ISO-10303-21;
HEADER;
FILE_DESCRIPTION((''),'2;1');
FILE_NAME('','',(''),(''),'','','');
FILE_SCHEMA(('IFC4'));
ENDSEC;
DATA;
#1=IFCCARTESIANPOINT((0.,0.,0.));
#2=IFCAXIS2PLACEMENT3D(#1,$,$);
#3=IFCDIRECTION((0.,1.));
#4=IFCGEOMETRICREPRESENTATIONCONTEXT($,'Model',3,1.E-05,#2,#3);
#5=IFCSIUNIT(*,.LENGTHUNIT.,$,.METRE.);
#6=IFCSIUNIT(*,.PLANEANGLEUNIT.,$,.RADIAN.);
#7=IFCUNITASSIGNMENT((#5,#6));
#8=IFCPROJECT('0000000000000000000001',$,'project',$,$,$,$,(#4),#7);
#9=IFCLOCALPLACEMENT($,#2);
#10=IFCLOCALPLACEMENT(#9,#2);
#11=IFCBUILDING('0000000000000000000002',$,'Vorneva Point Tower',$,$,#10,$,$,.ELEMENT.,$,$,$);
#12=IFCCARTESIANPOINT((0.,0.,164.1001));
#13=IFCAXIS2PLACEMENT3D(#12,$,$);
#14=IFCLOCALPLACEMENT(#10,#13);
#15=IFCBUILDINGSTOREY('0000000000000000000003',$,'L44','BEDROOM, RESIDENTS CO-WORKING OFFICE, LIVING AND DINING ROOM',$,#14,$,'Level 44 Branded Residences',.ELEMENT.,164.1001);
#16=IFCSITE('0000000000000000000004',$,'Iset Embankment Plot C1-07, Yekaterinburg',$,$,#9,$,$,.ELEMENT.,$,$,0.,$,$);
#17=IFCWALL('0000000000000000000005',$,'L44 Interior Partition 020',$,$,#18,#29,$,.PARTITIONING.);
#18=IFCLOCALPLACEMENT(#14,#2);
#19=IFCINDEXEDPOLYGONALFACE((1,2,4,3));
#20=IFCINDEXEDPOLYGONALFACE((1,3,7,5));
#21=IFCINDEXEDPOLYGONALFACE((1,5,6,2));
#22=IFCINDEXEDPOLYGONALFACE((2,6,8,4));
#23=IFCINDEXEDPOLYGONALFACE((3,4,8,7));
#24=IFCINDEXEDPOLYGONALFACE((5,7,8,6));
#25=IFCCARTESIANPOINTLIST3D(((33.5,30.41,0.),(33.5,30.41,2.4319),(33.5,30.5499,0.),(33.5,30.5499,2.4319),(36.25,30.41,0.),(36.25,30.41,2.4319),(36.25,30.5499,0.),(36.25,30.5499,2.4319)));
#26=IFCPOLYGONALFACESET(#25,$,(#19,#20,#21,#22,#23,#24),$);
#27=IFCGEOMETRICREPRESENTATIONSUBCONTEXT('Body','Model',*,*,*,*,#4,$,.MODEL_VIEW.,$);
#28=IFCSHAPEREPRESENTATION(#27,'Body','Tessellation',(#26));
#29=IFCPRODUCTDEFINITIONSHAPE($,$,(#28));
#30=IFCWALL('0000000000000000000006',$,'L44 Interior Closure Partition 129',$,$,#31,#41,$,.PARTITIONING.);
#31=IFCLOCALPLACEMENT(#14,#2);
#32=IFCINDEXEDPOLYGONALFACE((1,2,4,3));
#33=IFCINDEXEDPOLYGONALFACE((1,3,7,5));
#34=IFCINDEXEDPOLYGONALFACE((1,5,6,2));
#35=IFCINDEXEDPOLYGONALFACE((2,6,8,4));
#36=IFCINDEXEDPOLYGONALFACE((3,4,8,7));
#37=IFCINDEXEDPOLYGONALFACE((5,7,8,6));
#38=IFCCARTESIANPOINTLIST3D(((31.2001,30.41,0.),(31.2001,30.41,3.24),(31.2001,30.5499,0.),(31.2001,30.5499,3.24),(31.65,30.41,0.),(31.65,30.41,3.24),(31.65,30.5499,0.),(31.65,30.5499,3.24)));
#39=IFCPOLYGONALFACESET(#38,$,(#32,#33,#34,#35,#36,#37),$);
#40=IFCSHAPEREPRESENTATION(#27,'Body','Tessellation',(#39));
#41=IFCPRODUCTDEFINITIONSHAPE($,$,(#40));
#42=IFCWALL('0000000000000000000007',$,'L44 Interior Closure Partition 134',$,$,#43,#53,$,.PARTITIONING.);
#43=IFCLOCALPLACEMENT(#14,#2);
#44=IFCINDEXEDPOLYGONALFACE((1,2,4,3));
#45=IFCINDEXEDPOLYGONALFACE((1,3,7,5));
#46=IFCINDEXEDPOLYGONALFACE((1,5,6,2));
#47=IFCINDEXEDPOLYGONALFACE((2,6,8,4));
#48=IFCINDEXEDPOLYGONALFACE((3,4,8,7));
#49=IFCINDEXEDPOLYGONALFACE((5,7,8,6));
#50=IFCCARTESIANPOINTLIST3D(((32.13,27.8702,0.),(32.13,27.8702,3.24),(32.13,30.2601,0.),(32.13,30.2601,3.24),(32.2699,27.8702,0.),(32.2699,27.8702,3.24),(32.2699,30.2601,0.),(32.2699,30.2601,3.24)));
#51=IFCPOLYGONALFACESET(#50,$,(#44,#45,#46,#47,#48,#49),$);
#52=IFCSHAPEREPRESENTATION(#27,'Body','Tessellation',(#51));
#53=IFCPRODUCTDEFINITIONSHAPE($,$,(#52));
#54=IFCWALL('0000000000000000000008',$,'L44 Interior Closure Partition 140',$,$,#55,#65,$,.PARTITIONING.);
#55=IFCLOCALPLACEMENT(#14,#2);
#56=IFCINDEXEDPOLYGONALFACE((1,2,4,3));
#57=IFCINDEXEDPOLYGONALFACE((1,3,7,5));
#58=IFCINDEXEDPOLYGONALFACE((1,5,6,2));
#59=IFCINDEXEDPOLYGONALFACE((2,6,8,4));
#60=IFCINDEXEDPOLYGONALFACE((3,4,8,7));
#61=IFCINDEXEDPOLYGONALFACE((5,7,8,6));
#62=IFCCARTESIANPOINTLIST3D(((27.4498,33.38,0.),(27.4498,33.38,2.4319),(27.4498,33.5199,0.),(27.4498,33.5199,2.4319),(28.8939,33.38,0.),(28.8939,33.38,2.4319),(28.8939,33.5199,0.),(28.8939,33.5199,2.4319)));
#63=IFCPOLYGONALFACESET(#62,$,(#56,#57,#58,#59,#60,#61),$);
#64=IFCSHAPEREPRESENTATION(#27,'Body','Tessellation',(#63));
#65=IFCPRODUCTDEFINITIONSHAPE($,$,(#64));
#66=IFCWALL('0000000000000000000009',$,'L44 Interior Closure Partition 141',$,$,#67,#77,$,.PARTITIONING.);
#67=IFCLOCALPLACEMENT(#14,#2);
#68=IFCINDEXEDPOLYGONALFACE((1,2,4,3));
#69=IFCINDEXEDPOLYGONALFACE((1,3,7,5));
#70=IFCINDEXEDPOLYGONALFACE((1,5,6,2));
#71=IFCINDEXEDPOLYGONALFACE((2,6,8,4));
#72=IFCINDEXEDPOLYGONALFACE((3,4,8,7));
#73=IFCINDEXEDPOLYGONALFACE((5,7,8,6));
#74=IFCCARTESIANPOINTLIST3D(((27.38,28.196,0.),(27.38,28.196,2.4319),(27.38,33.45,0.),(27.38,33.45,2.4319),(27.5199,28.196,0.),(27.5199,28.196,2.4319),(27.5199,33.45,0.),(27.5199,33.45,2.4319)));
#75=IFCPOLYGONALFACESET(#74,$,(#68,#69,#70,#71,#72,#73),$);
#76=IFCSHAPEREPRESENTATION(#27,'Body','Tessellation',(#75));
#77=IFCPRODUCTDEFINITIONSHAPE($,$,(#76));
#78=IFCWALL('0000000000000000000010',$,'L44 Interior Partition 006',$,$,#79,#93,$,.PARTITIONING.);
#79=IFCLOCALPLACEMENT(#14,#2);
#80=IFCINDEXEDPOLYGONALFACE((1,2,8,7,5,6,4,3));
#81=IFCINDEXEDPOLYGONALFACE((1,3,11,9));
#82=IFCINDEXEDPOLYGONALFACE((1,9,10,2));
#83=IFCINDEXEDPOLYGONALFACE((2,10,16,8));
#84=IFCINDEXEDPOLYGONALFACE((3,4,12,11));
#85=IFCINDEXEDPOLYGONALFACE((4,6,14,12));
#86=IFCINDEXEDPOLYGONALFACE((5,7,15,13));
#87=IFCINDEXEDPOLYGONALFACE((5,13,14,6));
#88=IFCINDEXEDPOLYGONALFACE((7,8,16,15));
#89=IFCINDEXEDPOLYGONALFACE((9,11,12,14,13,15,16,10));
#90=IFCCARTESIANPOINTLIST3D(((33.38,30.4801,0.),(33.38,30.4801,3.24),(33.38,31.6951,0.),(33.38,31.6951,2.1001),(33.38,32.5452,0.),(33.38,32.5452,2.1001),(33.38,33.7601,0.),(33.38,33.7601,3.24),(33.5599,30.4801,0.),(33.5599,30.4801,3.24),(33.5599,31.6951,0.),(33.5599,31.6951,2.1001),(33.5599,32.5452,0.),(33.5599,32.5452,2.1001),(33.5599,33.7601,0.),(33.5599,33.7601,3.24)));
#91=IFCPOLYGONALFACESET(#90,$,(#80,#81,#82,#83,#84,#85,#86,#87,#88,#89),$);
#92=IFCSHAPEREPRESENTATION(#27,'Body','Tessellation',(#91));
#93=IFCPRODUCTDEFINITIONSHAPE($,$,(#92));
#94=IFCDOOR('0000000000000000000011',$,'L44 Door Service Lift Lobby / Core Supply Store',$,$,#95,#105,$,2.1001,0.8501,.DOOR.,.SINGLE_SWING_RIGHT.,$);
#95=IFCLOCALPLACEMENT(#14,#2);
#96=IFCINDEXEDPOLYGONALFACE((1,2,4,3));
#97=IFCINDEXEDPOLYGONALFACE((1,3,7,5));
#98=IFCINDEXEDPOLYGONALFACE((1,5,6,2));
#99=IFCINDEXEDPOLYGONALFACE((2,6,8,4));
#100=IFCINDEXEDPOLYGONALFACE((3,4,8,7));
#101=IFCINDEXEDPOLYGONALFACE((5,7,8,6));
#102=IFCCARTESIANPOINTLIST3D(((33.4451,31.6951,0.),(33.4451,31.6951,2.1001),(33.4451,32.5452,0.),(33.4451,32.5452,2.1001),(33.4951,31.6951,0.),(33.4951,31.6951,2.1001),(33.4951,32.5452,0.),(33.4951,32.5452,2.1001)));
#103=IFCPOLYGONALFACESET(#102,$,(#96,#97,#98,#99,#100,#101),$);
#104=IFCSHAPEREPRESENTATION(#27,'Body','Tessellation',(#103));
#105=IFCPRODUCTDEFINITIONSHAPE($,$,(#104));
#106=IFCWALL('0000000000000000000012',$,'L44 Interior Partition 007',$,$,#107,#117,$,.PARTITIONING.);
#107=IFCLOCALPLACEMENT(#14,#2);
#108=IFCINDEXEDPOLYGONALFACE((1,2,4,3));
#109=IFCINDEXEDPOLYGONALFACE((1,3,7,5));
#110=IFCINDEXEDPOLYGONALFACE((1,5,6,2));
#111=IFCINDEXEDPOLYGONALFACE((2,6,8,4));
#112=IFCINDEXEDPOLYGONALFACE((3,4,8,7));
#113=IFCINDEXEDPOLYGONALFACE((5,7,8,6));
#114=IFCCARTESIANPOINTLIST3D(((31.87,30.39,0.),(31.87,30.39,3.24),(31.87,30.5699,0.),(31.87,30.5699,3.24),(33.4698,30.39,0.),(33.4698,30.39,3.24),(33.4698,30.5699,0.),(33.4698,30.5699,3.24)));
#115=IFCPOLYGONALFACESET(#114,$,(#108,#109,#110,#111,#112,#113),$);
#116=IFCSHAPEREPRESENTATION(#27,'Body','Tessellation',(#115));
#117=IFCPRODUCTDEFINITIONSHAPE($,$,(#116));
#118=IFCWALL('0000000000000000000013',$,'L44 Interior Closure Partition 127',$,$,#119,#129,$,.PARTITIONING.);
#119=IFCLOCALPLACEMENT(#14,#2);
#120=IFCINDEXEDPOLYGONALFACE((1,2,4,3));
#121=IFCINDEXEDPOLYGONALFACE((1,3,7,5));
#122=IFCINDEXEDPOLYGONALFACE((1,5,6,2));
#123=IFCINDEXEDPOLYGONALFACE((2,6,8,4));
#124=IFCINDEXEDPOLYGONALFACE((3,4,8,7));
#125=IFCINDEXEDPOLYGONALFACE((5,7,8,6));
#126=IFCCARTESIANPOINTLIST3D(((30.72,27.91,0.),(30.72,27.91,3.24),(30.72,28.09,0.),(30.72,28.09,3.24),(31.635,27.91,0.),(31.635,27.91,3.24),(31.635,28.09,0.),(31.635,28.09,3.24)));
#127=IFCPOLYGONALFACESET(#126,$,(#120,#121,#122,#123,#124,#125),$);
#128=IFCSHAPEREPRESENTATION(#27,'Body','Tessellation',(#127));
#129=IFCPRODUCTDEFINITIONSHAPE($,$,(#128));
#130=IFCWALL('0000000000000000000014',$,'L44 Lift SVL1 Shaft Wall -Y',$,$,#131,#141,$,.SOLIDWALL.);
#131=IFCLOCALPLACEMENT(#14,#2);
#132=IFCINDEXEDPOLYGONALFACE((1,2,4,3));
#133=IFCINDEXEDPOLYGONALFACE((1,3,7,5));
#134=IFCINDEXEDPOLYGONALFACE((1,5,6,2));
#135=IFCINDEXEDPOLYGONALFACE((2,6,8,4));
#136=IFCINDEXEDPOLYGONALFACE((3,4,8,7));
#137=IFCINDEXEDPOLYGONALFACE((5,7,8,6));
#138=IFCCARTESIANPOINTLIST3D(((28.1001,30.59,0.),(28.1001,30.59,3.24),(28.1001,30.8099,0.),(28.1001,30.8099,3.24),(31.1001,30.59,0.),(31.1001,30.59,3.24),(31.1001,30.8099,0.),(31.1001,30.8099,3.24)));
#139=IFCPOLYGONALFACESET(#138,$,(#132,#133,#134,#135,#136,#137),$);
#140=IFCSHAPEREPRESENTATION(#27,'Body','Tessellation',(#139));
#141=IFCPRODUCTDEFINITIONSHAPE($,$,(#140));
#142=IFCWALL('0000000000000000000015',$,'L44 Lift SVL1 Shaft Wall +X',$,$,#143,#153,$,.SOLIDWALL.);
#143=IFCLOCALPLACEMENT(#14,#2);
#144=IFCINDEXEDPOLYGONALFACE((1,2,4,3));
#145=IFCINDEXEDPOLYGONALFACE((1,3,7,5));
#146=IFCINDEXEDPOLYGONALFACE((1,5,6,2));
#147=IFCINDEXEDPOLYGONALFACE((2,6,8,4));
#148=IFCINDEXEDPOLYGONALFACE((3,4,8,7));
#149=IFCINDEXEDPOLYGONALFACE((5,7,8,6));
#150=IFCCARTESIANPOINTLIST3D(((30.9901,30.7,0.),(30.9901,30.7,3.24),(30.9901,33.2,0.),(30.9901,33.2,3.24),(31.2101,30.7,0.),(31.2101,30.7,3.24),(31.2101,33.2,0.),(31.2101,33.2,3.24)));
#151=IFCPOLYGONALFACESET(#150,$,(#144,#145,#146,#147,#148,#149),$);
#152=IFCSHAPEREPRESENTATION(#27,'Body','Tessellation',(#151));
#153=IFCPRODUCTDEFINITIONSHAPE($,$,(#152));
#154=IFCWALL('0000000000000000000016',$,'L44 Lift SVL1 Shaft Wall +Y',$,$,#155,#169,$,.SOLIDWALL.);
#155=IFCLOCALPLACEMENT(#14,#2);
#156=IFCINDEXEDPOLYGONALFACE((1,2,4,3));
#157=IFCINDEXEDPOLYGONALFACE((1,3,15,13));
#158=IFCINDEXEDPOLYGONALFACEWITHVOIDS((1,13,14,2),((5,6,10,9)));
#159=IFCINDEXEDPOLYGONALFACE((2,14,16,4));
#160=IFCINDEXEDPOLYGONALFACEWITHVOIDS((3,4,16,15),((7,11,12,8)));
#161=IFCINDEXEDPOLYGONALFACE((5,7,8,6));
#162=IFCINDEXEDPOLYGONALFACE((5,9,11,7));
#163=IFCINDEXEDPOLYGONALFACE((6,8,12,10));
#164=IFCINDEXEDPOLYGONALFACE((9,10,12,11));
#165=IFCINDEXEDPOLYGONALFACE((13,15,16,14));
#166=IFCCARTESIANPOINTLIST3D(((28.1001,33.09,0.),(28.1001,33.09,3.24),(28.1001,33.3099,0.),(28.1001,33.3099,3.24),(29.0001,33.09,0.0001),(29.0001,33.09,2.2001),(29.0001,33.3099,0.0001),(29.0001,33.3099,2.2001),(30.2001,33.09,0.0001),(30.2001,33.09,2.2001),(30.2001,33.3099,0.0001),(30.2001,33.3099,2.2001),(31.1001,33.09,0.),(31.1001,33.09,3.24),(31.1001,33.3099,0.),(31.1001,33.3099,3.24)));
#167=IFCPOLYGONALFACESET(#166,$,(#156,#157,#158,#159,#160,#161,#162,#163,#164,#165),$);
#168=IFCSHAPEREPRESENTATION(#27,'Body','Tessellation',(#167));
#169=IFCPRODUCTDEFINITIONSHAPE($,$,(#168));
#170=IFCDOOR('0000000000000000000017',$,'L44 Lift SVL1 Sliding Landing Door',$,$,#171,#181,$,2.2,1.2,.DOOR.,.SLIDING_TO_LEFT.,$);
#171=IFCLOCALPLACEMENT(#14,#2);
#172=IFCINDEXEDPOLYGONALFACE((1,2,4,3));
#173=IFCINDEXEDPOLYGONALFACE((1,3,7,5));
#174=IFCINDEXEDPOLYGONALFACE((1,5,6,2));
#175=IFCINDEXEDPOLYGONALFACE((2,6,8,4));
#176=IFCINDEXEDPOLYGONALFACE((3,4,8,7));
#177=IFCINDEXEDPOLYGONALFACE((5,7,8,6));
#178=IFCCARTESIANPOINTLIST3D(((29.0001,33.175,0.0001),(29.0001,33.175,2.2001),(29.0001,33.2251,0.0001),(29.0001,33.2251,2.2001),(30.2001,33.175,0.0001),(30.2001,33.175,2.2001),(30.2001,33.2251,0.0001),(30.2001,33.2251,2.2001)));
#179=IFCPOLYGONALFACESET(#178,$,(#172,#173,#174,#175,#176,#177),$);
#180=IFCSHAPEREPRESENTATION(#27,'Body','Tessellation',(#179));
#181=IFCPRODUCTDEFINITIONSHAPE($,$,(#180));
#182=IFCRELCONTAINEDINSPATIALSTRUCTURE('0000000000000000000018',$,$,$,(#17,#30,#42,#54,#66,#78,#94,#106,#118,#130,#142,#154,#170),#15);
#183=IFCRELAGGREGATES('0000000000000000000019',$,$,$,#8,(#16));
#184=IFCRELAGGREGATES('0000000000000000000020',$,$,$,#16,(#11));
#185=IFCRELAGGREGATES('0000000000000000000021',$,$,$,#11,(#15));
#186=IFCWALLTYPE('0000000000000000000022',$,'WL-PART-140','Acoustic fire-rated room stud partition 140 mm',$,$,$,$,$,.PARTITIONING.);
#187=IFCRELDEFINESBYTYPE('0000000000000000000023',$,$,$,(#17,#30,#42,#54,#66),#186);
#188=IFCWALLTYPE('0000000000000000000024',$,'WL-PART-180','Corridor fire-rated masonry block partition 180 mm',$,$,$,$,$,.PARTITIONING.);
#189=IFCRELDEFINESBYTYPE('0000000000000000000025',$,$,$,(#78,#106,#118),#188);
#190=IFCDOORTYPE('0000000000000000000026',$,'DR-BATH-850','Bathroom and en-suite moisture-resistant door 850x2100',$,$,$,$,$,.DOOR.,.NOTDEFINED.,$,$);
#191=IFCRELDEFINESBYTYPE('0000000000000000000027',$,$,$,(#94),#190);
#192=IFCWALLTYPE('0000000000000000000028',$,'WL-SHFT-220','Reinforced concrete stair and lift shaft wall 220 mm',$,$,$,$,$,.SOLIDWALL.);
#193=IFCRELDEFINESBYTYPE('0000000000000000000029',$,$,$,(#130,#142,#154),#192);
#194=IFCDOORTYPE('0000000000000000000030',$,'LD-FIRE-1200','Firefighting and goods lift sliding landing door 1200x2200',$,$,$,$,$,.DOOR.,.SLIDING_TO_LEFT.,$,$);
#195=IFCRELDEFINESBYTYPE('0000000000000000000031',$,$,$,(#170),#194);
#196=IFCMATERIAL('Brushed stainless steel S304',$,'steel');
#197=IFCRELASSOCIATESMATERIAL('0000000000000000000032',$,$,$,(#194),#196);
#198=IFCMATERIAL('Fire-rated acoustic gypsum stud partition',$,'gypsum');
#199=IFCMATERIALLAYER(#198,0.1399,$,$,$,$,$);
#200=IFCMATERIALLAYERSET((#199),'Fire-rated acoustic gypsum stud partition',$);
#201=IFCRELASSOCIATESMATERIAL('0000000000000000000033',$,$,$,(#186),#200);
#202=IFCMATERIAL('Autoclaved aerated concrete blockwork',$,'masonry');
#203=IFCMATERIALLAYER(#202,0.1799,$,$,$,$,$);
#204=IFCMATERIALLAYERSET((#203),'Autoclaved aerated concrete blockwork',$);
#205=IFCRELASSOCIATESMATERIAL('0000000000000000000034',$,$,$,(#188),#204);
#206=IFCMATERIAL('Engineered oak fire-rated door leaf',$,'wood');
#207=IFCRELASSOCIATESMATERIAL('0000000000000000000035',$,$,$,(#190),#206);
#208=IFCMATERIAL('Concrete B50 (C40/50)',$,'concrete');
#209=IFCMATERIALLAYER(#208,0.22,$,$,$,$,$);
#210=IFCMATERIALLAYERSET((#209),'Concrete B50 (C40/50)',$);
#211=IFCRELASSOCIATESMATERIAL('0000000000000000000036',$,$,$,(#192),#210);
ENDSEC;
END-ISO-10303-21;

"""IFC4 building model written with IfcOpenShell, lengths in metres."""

from ifc_helpers import new_model, si_unit, direction, frame, frame_2d, origin, place, context, subcontext, project, spatial, rectangle, extrude, material, layer, layer_set, type_object, element, fill, save


model = new_model("IFC4")

# Units and contexts
model_context = context("Model", 3, precision=1e-05, world=origin(), true_north=direction((0.0, 1.0)))
body_context = subcontext(model_context, "Body", "Model", "MODEL_VIEW")
ifc_project = project(units=[si_unit("LENGTHUNIT", "METRE"), si_unit("PLANEANGLEUNIT", "RADIAN")], contexts=[model_context])

# Site, building, storey
site_placement = place(None, origin())
site = spatial("IfcSite", under=ifc_project, at=site_placement, Name="Iset Embankment Plot C1-07, Yekaterinburg", CompositionType="ELEMENT", RefElevation=0.0)
building_placement = place(site_placement, origin())
building = spatial("IfcBuilding", under=site, at=building_placement, Name="Vorneva Point Tower", CompositionType="ELEMENT")
storey_placement = place(building_placement, frame((0.0, 0.0, 164.1001)))
storey = spatial("IfcBuildingStorey", under=building, at=storey_placement, Name="L44", Description="BEDROOM, RESIDENTS CO-WORKING OFFICE, LIVING AND DINING ROOM", LongName="Level 44 Branded Residences", CompositionType="ELEMENT", Elevation=164.1001)

# Shared definitions
ifc_material_1 = material(Name="Brushed stainless steel S304", Category="steel")
door_type_1 = type_object("IfcDoorType", Name="LD-FIRE-1200", Description="Firefighting and goods lift sliding landing door 1200x2200", OperationType="SLIDING_TO_LEFT", PredefinedType="DOOR", material=ifc_material_1)

# Walls
ifc_material_2 = material(Name="Fire-rated acoustic gypsum stud partition", Category="gypsum")
ifc_layer_1 = layer(ifc_material_2, 0.1399)
ifc_layer_set_1 = layer_set([ifc_layer_1], Name="Fire-rated acoustic gypsum stud partition")
wall_type_1 = type_object("IfcWallType", Name="WL-PART-140", Description="Acoustic fire-rated room stud partition 140 mm", PredefinedType="PARTITIONING", material=ifc_layer_set_1)
wall_1_placement = place(storey_placement, frame((33.5, 30.48, 0.0), z_axis=(0.0, 0.0, 1.0), x_axis=(1.0, 0.0, 0.0)))
element("IfcWall", 1, at=wall_1_placement, inside=storey, type_object=wall_type_1, Name="L44 Interior Partition 020", PredefinedType="PARTITIONING", context=body_context, shape_type="SweptSolid", body=[
    extrude(rectangle(XDim=2.75, YDim=0.1399, at=frame_2d((1.375, 0.0))), origin(), (0.0, 0.0, 1.0), 2.4319),
])
wall_2_placement = place(storey_placement, frame((31.2, 30.48, 0.0), z_axis=(0.0, 0.0, 1.0), x_axis=(1.0, 0.0, 0.0)))
element("IfcWall", 2, at=wall_2_placement, inside=storey, type_object=wall_type_1, Name="L44 Interior Closure Partition 129", PredefinedType="PARTITIONING", context=body_context, shape_type="SweptSolid", body=[
    extrude(rectangle(XDim=0.45, YDim=0.1399, at=frame_2d((0.2251, 0.0))), origin(), (0.0, 0.0, 1.0), 3.24),
])
wall_3_placement = place(storey_placement, frame((32.2, 30.26, 0.0), z_axis=(0.0, 0.0, 1.0), x_axis=(0.0, -1.0, 0.0)))
element("IfcWall", 3, at=wall_3_placement, inside=storey, type_object=wall_type_1, Name="L44 Interior Closure Partition 134", PredefinedType="PARTITIONING", context=body_context, shape_type="SweptSolid", body=[
    extrude(rectangle(XDim=2.3899, YDim=0.1399, at=frame_2d((1.1948, 0.0))), origin(), (0.0, 0.0, 1.0), 3.24),
])
wall_4_placement = place(storey_placement, frame((28.894, 33.45, 0.0), z_axis=(0.0, 0.0, 1.0), x_axis=(-1.0, 0.0, 0.0)))
element("IfcWall", 4, at=wall_4_placement, inside=storey, type_object=wall_type_1, Name="L44 Interior Closure Partition 140", PredefinedType="PARTITIONING", context=body_context, shape_type="SweptSolid", body=[
    extrude(rectangle(XDim=1.4441, YDim=0.1399, at=frame_2d((0.7222, 0.0))), origin(), (0.0, 0.0, 1.0), 2.4319),
])
wall_5_placement = place(storey_placement, frame((27.45, 33.45, 0.0), z_axis=(0.0, 0.0, 1.0), x_axis=(0.0, -1.0, 0.0)))
element("IfcWall", 5, at=wall_5_placement, inside=storey, type_object=wall_type_1, Name="L44 Interior Closure Partition 141", PredefinedType="PARTITIONING", context=body_context, shape_type="SweptSolid", body=[
    extrude(rectangle(XDim=5.2539, YDim=0.1399, at=frame_2d((2.627, 0.0))), origin(), (0.0, 0.0, 1.0), 2.4319),
])

# Wall, opening, door
ifc_material_3 = material(Name="Autoclaved aerated concrete blockwork", Category="masonry")
ifc_layer_2 = layer(ifc_material_3, 0.1799)
ifc_layer_set_2 = layer_set([ifc_layer_2], Name="Autoclaved aerated concrete blockwork")
wall_type_2 = type_object("IfcWallType", Name="WL-PART-180", Description="Corridor fire-rated masonry block partition 180 mm", PredefinedType="PARTITIONING", material=ifc_layer_set_2)
wall_6_placement = place(storey_placement, frame((33.47, 30.48, 0.0), z_axis=(0.0, 0.0, 1.0), x_axis=(0.0, 1.0, 0.0)))
wall_6 = element("IfcWall", 6, at=wall_6_placement, inside=storey, type_object=wall_type_2, Name="L44 Interior Partition 006", PredefinedType="PARTITIONING", context=body_context, shape_type="SweptSolid", body=[
    extrude(rectangle(XDim=3.28, YDim=0.1799, at=frame_2d((1.6401, 0.0))), origin(), (0.0, 0.0, 1.0), 3.24),
])
opening_1_placement = place(wall_6_placement, frame((1.2151, 0.0, 0.0)))
opening_1 = element("IfcOpeningElement", 7, at=opening_1_placement, cuts=wall_6, PredefinedType="OPENING", context=body_context, shape_type="SweptSolid", body=[
    extrude(rectangle(XDim=0.8501, YDim=2.1001, at=frame_2d((0.425, 1.05))), frame((0.0, 0.105, 0.0), z_axis=(0.0, -1.0, 0.0), x_axis=(1.0, 0.0, 0.0)), (0.0, 0.0, 1.0), 0.2097),
])
ifc_material_4 = material(Name="Engineered oak fire-rated door leaf", Category="wood")
door_type_2 = type_object("IfcDoorType", Name="DR-BATH-850", Description="Bathroom and en-suite moisture-resistant door 850x2100", OperationType="NOTDEFINED", PredefinedType="DOOR", material=ifc_material_4)
door_1_placement = place(opening_1_placement, origin())
door_1 = element("IfcDoor", 8, at=door_1_placement, inside=storey, type_object=door_type_2, Name="L44 Door Service Lift Lobby / Core Supply Store", OperationType="SINGLE_SWING_RIGHT", OverallHeight=2.1001, OverallWidth=0.8501, PredefinedType="DOOR", context=body_context, shape_type="SweptSolid", body=[
    extrude(rectangle(XDim=0.8501, YDim=2.1001, at=frame_2d((0.425, 1.05))), frame((0.0, 0.0249, 0.0), z_axis=(0.0, -1.0, 0.0), x_axis=(1.0, 0.0, 0.0)), (0.0, 0.0, 1.0), 0.05),
])
fill(opening_1, door_1)

# Walls
wall_7_placement = place(storey_placement, frame((31.8701, 30.48, 0.0), z_axis=(0.0, 0.0, 1.0), x_axis=(1.0, 0.0, 0.0)))
element("IfcWall", 9, at=wall_7_placement, inside=storey, type_object=wall_type_2, Name="L44 Interior Partition 007", PredefinedType="PARTITIONING", context=body_context, shape_type="SweptSolid", body=[
    extrude(rectangle(XDim=1.5999, YDim=0.1799, at=frame_2d((0.7998, 0.0))), origin(), (0.0, 0.0, 1.0), 3.24),
])
wall_8_placement = place(storey_placement, frame((31.635, 28.0, 0.0), z_axis=(0.0, 0.0, 1.0), x_axis=(-1.0, 0.0, 0.0)))
element("IfcWall", 10, at=wall_8_placement, inside=storey, type_object=wall_type_2, Name="L44 Interior Closure Partition 127", PredefinedType="PARTITIONING", context=body_context, shape_type="SweptSolid", body=[
    extrude(rectangle(XDim=0.915, YDim=0.1799, at=frame_2d((0.4575, 0.0))), origin(), (0.0, 0.0, 1.0), 3.24),
])
ifc_material_5 = material(Name="Concrete B50 (C40/50)", Category="concrete")
ifc_layer_3 = layer(ifc_material_5, 0.22)
ifc_layer_set_3 = layer_set([ifc_layer_3], Name="Concrete B50 (C40/50)")
wall_type_3 = type_object("IfcWallType", Name="WL-SHFT-220", Description="Reinforced concrete stair and lift shaft wall 220 mm", PredefinedType="SOLIDWALL", material=ifc_layer_set_3)
wall_9_placement = place(storey_placement, frame((28.1001, 30.7, 0.0), z_axis=(0.0, 0.0, 1.0), x_axis=(1.0, 0.0, 0.0)))
element("IfcWall", 11, at=wall_9_placement, inside=storey, type_object=wall_type_3, Name="L44 Lift SVL1 Shaft Wall -Y", PredefinedType="SOLIDWALL", context=body_context, shape_type="SweptSolid", body=[
    extrude(rectangle(XDim=3.0, YDim=0.22, at=frame_2d((1.5, 0.0))), origin(), (0.0, 0.0, 1.0), 3.24),
])
wall_10_placement = place(storey_placement, frame((31.1001, 30.7, 0.0), z_axis=(0.0, 0.0, 1.0), x_axis=(0.0, 1.0, 0.0)))
element("IfcWall", 12, at=wall_10_placement, inside=storey, type_object=wall_type_3, Name="L44 Lift SVL1 Shaft Wall +X", PredefinedType="SOLIDWALL", context=body_context, shape_type="SweptSolid", body=[
    extrude(rectangle(XDim=2.5, YDim=0.22, at=frame_2d((1.25, 0.0))), origin(), (0.0, 0.0, 1.0), 3.24),
])

# Wall, opening, door
wall_11_placement = place(storey_placement, frame((31.1001, 33.2, 0.0), z_axis=(0.0, 0.0, 1.0), x_axis=(-1.0, 0.0, 0.0)))
wall_11 = element("IfcWall", 13, at=wall_11_placement, inside=storey, type_object=wall_type_3, Name="L44 Lift SVL1 Shaft Wall +Y", PredefinedType="SOLIDWALL", context=body_context, shape_type="SweptSolid", body=[
    extrude(rectangle(XDim=3.0, YDim=0.22, at=frame_2d((1.5, 0.0))), origin(), (0.0, 0.0, 1.0), 3.24),
])
opening_2_placement = place(wall_11_placement, frame((0.8999, 0.0, 0.0)))
opening_2 = element("IfcOpeningElement", 14, at=opening_2_placement, cuts=wall_11, PredefinedType="OPENING", context=body_context, shape_type="SweptSolid", body=[
    extrude(rectangle(XDim=1.2, YDim=2.2, at=frame_2d((0.6001, 1.1001))), frame((0.0, 0.125, 0.0), z_axis=(0.0, -1.0, 0.0), x_axis=(1.0, 0.0, 0.0)), (0.0, 0.0, 1.0), 0.2498),
])
door_2_placement = place(opening_2_placement, origin())
door_2 = element("IfcDoor", 15, at=door_2_placement, inside=storey, type_object=door_type_1, Name="L44 Lift SVL1 Sliding Landing Door", OperationType="SLIDING_TO_LEFT", OverallHeight=2.2, OverallWidth=1.2, PredefinedType="DOOR", context=body_context, shape_type="SweptSolid", body=[
    extrude(rectangle(XDim=1.2, YDim=2.2, at=frame_2d((0.6001, 1.1001))), frame((0.0, 0.0249, 0.0), z_axis=(0.0, -1.0, 0.0), x_axis=(1.0, 0.0, 0.0)), (0.0, 0.0, 1.0), 0.05),
])
fill(opening_2, door_2)

save(model, "model.ifc")
